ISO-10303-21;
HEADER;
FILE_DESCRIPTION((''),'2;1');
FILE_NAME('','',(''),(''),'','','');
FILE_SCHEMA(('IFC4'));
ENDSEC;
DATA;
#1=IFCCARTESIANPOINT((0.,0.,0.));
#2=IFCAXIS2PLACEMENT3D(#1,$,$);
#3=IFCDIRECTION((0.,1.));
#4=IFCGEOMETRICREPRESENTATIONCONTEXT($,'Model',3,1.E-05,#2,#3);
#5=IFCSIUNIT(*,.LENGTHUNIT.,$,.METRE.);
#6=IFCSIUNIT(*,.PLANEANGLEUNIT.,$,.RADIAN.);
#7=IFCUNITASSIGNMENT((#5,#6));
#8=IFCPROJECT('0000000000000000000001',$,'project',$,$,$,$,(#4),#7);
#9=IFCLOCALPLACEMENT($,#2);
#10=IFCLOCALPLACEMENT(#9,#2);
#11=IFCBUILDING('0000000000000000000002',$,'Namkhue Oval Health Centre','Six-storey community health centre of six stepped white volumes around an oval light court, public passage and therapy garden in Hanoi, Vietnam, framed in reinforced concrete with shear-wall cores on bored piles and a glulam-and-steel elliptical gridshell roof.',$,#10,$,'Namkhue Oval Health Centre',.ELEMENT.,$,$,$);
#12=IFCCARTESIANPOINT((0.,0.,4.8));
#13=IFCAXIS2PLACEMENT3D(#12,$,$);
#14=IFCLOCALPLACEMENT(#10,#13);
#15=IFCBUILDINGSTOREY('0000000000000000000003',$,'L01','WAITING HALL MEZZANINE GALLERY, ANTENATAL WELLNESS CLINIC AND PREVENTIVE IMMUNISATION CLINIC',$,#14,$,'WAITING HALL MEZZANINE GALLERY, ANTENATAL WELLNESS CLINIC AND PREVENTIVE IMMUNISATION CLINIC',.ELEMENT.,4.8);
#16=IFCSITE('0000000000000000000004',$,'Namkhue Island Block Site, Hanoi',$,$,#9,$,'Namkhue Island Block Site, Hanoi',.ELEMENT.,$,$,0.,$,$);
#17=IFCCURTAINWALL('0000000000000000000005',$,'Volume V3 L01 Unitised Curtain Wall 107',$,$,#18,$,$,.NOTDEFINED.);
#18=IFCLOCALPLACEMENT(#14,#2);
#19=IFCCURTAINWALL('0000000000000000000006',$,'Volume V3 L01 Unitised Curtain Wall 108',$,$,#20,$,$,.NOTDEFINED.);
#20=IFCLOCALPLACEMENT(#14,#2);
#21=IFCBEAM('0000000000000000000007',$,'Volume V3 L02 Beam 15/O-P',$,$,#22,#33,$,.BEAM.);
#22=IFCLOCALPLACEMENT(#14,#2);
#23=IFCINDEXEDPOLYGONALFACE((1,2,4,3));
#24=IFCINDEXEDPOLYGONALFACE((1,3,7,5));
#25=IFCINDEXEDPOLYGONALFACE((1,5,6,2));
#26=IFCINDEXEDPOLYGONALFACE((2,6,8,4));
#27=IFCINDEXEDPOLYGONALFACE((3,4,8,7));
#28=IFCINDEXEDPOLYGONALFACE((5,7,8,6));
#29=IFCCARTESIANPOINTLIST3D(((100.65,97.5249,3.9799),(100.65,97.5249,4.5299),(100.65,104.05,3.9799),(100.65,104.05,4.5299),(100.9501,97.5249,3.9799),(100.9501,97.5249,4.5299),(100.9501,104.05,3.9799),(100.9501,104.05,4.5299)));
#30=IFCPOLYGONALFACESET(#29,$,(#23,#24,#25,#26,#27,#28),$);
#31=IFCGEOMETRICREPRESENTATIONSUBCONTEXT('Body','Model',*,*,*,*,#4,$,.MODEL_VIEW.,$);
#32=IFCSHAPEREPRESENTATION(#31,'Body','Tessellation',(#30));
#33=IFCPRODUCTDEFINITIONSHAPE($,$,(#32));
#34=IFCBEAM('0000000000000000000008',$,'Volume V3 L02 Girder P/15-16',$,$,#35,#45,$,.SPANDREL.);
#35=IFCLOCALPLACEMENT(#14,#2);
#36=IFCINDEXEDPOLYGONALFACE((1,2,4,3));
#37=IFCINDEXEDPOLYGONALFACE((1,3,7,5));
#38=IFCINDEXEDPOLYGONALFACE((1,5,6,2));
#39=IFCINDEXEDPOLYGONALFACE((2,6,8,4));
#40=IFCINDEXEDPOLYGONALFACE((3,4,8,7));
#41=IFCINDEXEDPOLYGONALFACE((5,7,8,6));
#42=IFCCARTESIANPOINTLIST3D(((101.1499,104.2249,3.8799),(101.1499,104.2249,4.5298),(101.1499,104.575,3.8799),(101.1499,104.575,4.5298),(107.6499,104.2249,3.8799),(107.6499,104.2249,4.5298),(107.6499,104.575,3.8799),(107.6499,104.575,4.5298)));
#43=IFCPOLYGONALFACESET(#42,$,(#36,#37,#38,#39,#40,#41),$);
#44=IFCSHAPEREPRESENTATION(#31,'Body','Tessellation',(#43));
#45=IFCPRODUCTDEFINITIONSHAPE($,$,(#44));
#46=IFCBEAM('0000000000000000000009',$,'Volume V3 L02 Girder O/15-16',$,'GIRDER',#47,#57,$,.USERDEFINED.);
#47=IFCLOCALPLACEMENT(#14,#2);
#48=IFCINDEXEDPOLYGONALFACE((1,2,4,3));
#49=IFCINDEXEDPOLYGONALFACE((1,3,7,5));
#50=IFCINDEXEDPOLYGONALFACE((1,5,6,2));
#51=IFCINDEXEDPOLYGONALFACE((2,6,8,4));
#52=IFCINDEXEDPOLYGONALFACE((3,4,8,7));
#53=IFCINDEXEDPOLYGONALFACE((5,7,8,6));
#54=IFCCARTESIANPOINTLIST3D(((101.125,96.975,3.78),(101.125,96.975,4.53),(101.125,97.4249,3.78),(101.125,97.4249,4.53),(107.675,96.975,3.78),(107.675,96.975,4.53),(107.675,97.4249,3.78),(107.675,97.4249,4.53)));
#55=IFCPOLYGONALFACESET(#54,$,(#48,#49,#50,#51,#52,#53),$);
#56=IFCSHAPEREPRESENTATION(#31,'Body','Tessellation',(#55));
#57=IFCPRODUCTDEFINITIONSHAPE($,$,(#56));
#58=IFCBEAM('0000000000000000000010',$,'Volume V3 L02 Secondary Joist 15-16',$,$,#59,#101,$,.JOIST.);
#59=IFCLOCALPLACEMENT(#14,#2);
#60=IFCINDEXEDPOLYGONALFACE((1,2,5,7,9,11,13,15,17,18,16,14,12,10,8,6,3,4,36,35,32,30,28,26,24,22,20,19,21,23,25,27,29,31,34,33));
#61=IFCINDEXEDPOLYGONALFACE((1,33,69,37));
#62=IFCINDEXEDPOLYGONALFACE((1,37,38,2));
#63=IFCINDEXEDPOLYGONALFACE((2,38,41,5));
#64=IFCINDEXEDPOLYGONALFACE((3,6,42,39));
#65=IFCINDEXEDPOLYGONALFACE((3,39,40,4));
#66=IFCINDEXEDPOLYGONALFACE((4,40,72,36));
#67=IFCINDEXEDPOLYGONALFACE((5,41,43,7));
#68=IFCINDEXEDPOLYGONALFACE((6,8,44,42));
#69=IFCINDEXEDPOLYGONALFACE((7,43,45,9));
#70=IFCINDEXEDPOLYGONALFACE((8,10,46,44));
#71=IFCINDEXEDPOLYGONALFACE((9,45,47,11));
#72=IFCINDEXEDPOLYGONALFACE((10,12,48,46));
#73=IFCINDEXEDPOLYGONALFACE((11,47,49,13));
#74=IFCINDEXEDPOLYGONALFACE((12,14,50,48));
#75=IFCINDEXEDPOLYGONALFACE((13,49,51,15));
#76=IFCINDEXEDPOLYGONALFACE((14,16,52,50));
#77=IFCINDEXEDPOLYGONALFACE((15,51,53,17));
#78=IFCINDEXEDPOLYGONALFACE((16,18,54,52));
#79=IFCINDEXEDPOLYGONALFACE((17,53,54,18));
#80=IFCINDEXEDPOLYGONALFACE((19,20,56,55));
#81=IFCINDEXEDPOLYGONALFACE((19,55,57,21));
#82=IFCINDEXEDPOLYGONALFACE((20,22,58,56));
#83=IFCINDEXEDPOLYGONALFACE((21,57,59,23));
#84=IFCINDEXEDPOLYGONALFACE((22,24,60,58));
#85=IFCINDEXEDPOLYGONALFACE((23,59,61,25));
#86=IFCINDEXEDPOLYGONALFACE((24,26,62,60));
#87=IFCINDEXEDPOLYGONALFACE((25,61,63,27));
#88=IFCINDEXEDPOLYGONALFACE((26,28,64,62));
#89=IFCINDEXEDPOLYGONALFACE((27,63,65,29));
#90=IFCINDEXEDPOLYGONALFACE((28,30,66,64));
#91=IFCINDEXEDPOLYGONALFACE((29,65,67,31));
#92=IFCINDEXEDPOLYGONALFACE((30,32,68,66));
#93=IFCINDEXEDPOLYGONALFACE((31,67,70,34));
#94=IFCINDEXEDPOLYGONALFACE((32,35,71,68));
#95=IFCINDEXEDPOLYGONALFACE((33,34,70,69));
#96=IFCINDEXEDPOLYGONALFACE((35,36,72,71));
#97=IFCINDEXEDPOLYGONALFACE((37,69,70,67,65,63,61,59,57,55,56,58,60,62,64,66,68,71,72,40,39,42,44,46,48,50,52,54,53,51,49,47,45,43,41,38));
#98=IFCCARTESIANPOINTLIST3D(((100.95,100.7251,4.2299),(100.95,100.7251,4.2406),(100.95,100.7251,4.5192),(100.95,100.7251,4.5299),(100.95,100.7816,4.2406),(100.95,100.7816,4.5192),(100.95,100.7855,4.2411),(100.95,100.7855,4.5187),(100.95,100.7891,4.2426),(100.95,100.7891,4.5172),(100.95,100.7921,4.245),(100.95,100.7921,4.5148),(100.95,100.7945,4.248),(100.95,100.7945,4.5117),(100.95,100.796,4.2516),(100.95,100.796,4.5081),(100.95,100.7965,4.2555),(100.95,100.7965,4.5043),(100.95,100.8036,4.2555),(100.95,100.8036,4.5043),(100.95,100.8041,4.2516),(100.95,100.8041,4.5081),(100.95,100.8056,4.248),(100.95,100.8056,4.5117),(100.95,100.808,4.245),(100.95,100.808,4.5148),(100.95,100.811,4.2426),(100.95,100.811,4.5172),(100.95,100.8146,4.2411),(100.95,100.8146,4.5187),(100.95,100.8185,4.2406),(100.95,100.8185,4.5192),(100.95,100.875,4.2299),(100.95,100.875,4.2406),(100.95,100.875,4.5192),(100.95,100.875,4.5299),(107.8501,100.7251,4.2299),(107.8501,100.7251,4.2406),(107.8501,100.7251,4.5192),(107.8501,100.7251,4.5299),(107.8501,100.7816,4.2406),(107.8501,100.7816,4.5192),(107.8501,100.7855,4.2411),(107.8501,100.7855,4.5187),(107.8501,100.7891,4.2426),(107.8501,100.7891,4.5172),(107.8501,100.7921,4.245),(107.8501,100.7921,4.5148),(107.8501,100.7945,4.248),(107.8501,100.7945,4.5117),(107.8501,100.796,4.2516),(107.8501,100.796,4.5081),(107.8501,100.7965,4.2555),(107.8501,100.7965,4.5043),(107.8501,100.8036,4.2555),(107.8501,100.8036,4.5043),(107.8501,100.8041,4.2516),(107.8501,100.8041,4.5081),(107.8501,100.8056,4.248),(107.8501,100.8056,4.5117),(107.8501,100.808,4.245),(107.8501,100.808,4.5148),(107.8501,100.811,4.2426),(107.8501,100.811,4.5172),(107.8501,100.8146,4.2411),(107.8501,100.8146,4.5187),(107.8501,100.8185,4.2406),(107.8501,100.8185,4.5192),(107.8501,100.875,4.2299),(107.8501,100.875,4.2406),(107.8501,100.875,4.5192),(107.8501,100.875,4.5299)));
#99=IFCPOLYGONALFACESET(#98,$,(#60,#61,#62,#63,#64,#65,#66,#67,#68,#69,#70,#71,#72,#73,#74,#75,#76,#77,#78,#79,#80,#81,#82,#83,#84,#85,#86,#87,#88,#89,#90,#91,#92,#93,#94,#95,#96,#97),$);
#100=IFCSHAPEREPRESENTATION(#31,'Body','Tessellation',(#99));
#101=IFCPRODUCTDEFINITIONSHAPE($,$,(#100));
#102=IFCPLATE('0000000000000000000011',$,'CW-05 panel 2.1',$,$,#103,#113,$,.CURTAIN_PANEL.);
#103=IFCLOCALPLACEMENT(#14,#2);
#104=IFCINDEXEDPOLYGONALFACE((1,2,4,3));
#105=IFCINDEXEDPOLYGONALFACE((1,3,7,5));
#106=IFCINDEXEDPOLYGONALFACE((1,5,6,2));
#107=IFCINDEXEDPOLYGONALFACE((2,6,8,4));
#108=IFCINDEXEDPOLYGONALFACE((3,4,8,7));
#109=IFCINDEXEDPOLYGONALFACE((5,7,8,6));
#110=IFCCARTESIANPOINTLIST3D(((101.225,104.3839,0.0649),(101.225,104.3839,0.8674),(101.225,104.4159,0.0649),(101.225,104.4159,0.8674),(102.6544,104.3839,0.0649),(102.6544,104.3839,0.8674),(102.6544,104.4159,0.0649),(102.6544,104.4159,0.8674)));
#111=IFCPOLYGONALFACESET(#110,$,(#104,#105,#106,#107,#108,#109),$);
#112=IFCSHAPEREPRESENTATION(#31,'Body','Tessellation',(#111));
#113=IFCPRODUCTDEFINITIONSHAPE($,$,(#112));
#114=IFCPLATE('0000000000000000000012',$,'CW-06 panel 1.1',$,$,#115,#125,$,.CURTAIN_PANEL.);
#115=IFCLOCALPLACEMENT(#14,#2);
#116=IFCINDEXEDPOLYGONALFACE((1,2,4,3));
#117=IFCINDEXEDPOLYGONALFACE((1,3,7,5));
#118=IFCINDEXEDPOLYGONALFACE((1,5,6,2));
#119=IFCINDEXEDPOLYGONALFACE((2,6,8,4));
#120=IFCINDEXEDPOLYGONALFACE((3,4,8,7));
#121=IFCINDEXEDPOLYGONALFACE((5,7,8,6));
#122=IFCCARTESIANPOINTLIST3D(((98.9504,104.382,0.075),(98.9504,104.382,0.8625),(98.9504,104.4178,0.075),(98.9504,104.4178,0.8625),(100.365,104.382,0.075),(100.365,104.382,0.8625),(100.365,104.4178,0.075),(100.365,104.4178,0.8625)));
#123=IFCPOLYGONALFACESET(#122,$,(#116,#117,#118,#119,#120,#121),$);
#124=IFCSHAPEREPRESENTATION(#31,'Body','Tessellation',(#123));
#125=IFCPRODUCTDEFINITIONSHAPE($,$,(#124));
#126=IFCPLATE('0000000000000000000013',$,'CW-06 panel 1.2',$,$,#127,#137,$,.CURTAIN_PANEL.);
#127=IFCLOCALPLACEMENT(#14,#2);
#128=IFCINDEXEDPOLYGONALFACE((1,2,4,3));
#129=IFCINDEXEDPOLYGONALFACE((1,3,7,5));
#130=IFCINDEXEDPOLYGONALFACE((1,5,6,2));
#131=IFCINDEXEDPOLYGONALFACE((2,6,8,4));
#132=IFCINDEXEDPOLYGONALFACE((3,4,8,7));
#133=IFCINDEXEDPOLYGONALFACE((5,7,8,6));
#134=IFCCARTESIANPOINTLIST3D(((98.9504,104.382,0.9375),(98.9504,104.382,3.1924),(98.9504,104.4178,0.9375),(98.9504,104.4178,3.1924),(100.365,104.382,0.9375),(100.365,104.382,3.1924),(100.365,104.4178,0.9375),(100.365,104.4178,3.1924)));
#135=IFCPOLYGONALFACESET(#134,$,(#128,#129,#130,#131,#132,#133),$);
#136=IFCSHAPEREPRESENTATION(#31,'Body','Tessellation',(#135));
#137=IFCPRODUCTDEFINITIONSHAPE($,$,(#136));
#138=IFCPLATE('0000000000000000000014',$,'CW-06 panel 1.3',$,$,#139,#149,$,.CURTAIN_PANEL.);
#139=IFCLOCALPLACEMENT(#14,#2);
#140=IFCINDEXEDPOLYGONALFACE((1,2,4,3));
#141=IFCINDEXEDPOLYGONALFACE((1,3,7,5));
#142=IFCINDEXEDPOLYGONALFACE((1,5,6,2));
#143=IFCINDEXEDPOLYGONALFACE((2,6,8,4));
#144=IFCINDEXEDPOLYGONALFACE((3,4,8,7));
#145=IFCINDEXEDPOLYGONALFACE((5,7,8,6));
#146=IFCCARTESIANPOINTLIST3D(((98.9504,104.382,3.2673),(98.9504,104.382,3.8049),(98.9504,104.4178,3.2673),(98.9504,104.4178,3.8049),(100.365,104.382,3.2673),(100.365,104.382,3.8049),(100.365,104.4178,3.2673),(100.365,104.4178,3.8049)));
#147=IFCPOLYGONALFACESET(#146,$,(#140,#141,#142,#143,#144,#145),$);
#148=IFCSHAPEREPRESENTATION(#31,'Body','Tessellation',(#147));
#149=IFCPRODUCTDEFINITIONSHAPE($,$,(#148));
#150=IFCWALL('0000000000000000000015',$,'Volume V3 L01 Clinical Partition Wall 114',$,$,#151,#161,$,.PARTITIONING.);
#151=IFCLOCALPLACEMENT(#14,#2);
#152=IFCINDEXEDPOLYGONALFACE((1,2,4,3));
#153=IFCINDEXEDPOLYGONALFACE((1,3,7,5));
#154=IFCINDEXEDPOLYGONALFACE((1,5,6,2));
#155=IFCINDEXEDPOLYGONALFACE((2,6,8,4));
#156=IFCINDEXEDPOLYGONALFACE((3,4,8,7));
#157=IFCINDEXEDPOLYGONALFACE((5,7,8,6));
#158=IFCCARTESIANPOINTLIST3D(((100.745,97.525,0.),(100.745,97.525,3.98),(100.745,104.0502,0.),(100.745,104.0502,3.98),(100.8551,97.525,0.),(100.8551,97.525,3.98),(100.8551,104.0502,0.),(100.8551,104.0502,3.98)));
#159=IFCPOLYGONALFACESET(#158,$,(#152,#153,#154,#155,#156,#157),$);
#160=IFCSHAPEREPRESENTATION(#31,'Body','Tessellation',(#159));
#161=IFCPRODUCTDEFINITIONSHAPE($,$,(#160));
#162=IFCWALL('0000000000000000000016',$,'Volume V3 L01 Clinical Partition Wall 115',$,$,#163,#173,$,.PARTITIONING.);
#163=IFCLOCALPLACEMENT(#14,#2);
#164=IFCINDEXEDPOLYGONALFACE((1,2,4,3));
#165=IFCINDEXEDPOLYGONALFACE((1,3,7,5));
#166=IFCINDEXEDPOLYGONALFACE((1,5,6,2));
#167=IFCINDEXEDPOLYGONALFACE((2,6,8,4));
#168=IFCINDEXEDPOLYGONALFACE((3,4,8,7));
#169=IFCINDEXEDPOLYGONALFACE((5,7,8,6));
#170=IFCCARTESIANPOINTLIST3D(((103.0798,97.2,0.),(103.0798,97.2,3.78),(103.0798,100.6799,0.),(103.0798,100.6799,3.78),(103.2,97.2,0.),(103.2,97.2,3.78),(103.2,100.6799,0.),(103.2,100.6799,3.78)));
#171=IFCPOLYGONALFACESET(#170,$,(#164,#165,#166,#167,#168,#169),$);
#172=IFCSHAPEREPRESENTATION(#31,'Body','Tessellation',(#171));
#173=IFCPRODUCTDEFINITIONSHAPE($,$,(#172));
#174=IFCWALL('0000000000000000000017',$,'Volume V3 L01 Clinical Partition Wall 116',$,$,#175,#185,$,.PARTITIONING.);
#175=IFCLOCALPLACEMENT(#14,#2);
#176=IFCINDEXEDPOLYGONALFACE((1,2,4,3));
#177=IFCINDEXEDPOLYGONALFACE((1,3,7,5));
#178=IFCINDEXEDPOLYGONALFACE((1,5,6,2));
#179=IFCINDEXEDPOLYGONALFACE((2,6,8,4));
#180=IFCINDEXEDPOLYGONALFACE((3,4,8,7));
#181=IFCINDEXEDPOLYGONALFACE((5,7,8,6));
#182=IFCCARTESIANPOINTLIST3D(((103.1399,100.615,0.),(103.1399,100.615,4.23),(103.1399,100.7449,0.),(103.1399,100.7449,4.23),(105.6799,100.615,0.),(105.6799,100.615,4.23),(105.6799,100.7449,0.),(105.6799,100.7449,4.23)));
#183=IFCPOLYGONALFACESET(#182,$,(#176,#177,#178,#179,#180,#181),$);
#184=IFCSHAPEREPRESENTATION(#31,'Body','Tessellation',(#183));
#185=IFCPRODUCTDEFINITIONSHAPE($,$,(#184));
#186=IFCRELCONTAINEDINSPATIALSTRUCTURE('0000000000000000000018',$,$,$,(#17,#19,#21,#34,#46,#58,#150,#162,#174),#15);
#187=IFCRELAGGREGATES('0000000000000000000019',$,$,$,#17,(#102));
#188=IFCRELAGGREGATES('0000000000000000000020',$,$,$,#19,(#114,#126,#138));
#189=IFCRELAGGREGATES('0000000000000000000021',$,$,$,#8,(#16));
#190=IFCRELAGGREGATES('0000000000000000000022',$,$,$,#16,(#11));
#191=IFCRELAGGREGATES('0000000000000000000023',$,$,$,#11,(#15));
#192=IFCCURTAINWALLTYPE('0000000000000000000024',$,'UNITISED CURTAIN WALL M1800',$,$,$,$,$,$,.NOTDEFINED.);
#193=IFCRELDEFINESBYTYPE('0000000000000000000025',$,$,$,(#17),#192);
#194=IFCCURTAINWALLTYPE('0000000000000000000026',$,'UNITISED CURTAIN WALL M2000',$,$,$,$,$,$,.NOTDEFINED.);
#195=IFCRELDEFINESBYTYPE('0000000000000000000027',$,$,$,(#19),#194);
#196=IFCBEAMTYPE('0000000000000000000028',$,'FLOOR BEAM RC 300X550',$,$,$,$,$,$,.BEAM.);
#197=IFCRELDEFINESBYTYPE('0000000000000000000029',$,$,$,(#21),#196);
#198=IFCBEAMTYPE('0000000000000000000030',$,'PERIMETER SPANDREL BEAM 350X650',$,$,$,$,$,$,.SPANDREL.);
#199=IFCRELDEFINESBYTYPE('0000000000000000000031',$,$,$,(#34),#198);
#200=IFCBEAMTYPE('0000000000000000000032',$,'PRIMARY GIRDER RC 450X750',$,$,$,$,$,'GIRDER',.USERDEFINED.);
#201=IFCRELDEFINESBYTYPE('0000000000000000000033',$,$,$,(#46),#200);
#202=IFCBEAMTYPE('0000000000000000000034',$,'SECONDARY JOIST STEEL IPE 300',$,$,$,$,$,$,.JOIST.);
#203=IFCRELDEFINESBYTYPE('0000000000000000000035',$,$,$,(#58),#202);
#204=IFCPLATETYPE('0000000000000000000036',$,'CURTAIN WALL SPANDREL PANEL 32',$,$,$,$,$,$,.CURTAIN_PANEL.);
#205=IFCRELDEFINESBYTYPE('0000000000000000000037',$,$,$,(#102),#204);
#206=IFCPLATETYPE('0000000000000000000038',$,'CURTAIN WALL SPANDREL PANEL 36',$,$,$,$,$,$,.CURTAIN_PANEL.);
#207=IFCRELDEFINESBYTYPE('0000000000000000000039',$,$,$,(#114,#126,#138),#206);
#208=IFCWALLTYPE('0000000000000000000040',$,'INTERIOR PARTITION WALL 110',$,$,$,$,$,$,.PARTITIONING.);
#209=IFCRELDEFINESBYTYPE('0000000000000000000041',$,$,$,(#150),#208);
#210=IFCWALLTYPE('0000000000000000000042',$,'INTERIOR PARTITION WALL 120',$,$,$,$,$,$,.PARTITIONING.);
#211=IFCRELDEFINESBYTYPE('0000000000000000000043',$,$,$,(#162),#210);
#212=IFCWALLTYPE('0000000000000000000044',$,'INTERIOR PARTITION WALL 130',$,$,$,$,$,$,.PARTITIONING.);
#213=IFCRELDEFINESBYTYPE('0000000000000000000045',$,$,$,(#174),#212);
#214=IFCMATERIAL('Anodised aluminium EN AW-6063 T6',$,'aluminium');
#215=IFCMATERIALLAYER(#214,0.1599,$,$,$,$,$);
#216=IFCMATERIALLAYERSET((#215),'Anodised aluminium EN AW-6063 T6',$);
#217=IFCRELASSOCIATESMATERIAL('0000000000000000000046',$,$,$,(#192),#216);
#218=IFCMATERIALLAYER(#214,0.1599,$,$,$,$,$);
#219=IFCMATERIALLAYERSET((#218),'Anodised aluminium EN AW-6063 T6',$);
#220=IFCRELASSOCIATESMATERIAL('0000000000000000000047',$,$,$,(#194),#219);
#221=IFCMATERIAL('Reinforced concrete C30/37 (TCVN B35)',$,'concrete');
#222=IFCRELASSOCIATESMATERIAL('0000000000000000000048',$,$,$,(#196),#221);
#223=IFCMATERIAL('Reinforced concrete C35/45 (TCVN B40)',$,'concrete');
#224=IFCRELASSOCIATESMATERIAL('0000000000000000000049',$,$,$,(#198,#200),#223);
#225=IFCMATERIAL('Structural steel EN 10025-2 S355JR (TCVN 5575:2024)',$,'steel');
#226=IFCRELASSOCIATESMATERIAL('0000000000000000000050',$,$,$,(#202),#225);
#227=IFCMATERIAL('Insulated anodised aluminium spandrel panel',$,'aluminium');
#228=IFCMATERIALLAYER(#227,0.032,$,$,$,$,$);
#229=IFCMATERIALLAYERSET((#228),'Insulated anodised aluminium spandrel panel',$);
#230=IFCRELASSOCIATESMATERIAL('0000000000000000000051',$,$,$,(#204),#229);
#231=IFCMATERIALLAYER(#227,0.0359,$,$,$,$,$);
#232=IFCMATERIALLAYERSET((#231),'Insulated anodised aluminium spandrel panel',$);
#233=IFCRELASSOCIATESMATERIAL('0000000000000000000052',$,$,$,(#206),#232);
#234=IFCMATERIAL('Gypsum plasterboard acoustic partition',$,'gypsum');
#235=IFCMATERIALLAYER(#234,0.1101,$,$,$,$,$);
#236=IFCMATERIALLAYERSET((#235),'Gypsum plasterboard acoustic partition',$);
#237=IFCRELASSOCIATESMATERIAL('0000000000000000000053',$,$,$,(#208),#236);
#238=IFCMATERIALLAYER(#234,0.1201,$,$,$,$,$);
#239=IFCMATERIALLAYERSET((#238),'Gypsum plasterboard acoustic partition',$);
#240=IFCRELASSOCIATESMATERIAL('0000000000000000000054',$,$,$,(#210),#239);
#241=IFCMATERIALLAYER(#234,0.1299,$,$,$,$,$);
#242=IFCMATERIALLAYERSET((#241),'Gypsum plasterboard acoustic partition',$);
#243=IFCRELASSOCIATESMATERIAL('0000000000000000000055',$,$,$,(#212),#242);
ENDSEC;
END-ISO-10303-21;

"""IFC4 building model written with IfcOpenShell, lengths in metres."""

from ifc_helpers import new_model, si_unit, direction, frame, frame_2d, origin, origin_2d, place, context, subcontext, project, spatial, rectangle, i_section, extrude, material, layer, layer_set, material_profile, profile_set, type_object, element, aggregate, save


model = new_model("IFC4")

# Units and contexts
model_context = context("Model", 3, precision=1e-05, world=origin(), true_north=direction((0.0, 1.0)))
body_context = subcontext(model_context, "Body", "Model", "MODEL_VIEW")
ifc_project = project(units=[si_unit("LENGTHUNIT", "METRE"), si_unit("PLANEANGLEUNIT", "RADIAN")], contexts=[model_context])

# Site, building, storey
site_placement = place(None, origin())
site = spatial("IfcSite", under=ifc_project, at=site_placement, Name="Namkhue Island Block Site, Hanoi", LongName="Namkhue Island Block Site, Hanoi", CompositionType="ELEMENT", RefElevation=0.0)
building_placement = place(site_placement, origin())
building = spatial("IfcBuilding", under=site, at=building_placement, Name="Namkhue Oval Health Centre", Description="Six-storey community health centre of six stepped white volumes around an oval light court, public passage and therapy garden in Hanoi, Vietnam, framed in reinforced concrete with shear-wall cores on bored piles and a glulam-and-steel elliptical gridshell roof.", LongName="Namkhue Oval Health Centre", CompositionType="ELEMENT")
storey_placement = place(building_placement, frame((0.0, 0.0, 4.8)))
storey = spatial("IfcBuildingStorey", under=building, at=storey_placement, Name="L01", Description="WAITING HALL MEZZANINE GALLERY, ANTENATAL WELLNESS CLINIC AND PREVENTIVE IMMUNISATION CLINIC", LongName="WAITING HALL MEZZANINE GALLERY, ANTENATAL WELLNESS CLINIC AND PREVENTIVE IMMUNISATION CLINIC", CompositionType="ELEMENT", Elevation=4.8)

# Shared definitions
ifc_material_1 = material(Name="Reinforced concrete C35/45 (TCVN B40)", Category="concrete")

# Curtain wall
ifc_material_2 = material(Name="Anodised aluminium EN AW-6063 T6", Category="aluminium")
ifc_layer_1 = layer(ifc_material_2, 0.1599)
ifc_layer_set_1 = layer_set([ifc_layer_1], Name="Anodised aluminium EN AW-6063 T6")
curtain_wall_type_1 = type_object("IfcCurtainWallType", Name="UNITISED CURTAIN WALL M1800", PredefinedType="NOTDEFINED", material=ifc_layer_set_1)
curtain_wall_1_placement = place(storey_placement, origin())
curtain_wall_1 = element("IfcCurtainWall", 1, at=curtain_wall_1_placement, inside=storey, type_object=curtain_wall_type_1, Name="Volume V3 L01 Unitised Curtain Wall 107", PredefinedType="NOTDEFINED")

# Curtain wall
ifc_layer_2 = layer(ifc_material_2, 0.1599)
ifc_layer_set_2 = layer_set([ifc_layer_2], Name="Anodised aluminium EN AW-6063 T6")
curtain_wall_type_2 = type_object("IfcCurtainWallType", Name="UNITISED CURTAIN WALL M2000", PredefinedType="NOTDEFINED", material=ifc_layer_set_2)
curtain_wall_2_placement = place(storey_placement, origin())
curtain_wall_2 = element("IfcCurtainWall", 2, at=curtain_wall_2_placement, inside=storey, type_object=curtain_wall_type_2, Name="Volume V3 L01 Unitised Curtain Wall 108", PredefinedType="NOTDEFINED")

# Beams
ifc_material_3 = material(Name="Reinforced concrete C30/37 (TCVN B35)", Category="concrete")
ifc_material_profile_1 = material_profile(ifc_material_3, rectangle(XDim=0.3, YDim=0.55, at=origin_2d()), Name="RC 300x550")
ifc_profile_set_1 = profile_set([ifc_material_profile_1], Name="Reinforced concrete C30/37 (TCVN B35)")
beam_type_1 = type_object("IfcBeamType", Name="FLOOR BEAM RC 300X550", PredefinedType="BEAM", material=ifc_profile_set_1)
beam_1_placement = place(storey_placement, frame((100.8, 97.5249, 4.2549), z_axis=(0.0, 1.0, 0.0), x_axis=(-1.0, 0.0, 0.0)))
element("IfcBeam", 3, at=beam_1_placement, inside=storey, type_object=beam_type_1, Name="Volume V3 L02 Beam 15/O-P", PredefinedType="BEAM", context=body_context, shape_type="SweptSolid", body=[
    extrude(rectangle(XDim=0.3, YDim=0.55, at=origin_2d()), origin(), (0.0, 0.0, 1.0), 6.5251),
])
ifc_material_profile_2 = material_profile(ifc_material_1, rectangle(XDim=0.3501, YDim=0.6499, at=origin_2d()), Name="RC 350x650")
ifc_profile_set_2 = profile_set([ifc_material_profile_2], Name="Reinforced concrete C35/45 (TCVN B40)")
beam_type_2 = type_object("IfcBeamType", Name="PERIMETER SPANDREL BEAM 350X650", PredefinedType="SPANDREL", material=ifc_profile_set_2)
beam_2_placement = place(storey_placement, frame((101.1499, 104.3999, 4.2048), z_axis=(1.0, 0.0, 0.0), x_axis=(0.0, 1.0, 0.0)))
element("IfcBeam", 4, at=beam_2_placement, inside=storey, type_object=beam_type_2, Name="Volume V3 L02 Girder P/15-16", PredefinedType="SPANDREL", context=body_context, shape_type="SweptSolid", body=[
    extrude(rectangle(XDim=0.3501, YDim=0.6499, at=origin_2d()), origin(), (0.0, 0.0, 1.0), 6.5),
])
ifc_material_profile_3 = material_profile(ifc_material_1, rectangle(XDim=0.45, YDim=0.75, at=origin_2d()), Name="RC 450x750")
ifc_profile_set_3 = profile_set([ifc_material_profile_3], Name="Reinforced concrete C35/45 (TCVN B40)")
beam_type_3 = type_object("IfcBeamType", Name="PRIMARY GIRDER RC 450X750", ElementType="GIRDER", PredefinedType="USERDEFINED", material=ifc_profile_set_3)
beam_3_placement = place(storey_placement, frame((101.125, 97.2, 4.155), z_axis=(1.0, 0.0, 0.0), x_axis=(0.0, 1.0, 0.0)))
element("IfcBeam", 5, at=beam_3_placement, inside=storey, type_object=beam_type_3, Name="Volume V3 L02 Girder O/15-16", ObjectType="GIRDER", PredefinedType="USERDEFINED", context=body_context, shape_type="SweptSolid", body=[
    extrude(rectangle(XDim=0.45, YDim=0.75, at=origin_2d()), origin(), (0.0, 0.0, 1.0), 6.55),
])
ifc_material_4 = material(Name="Structural steel EN 10025-2 S355JR (TCVN 5575:2024)", Category="steel")
ifc_material_profile_4 = material_profile(ifc_material_4, i_section(OverallWidth=0.1499, OverallDepth=0.3, WebThickness=0.0071, FlangeThickness=0.0107, FilletRadius=0.0149, at=origin_2d()), Name="IPE 300")
ifc_profile_set_4 = profile_set([ifc_material_profile_4], Name="Structural steel EN 10025-2 S355JR (TCVN 5575:2024)")
beam_type_4 = type_object("IfcBeamType", Name="SECONDARY JOIST STEEL IPE 300", PredefinedType="JOIST", material=ifc_profile_set_4)
beam_4_placement = place(storey_placement, frame((100.95, 100.8, 4.3799), z_axis=(1.0, 0.0, 0.0), x_axis=(0.0, 1.0, 0.0)))
element("IfcBeam", 6, at=beam_4_placement, inside=storey, type_object=beam_type_4, Name="Volume V3 L02 Secondary Joist 15-16", PredefinedType="JOIST", context=body_context, shape_type="SweptSolid", body=[
    extrude(i_section(OverallWidth=0.1499, OverallDepth=0.3, WebThickness=0.0071, FlangeThickness=0.0107, FilletRadius=0.0149, at=origin_2d()), origin(), (0.0, 0.0, 1.0), 6.9001),
])

# Plates
ifc_material_5 = material(Name="Insulated anodised aluminium spandrel panel", Category="aluminium")
ifc_layer_3 = layer(ifc_material_5, 0.032)
ifc_layer_set_3 = layer_set([ifc_layer_3], Name="Insulated anodised aluminium spandrel panel")
plate_type_1 = type_object("IfcPlateType", Name="CURTAIN WALL SPANDREL PANEL 32", PredefinedType="CURTAIN_PANEL", material=ifc_layer_set_3)
plate_1_placement = place(storey_placement, frame((101.9397, 104.3999, 0.0649), z_axis=(0.0, 0.0, 1.0), x_axis=(-1.0, 0.0, 0.0)))
plate_1 = element("IfcPlate", 7, at=plate_1_placement, type_object=plate_type_1, Name="CW-05 panel 2.1", PredefinedType="CURTAIN_PANEL", context=body_context, shape_type="SweptSolid", body=[
    extrude(rectangle(XDim=1.4294, YDim=0.032, at=origin_2d()), origin(), (0.0, 0.0, 1.0), 0.8025),
])
aggregate(curtain_wall_1, [plate_1])
ifc_layer_4 = layer(ifc_material_5, 0.0359)
ifc_layer_set_4 = layer_set([ifc_layer_4], Name="Insulated anodised aluminium spandrel panel")
plate_type_2 = type_object("IfcPlateType", Name="CURTAIN WALL SPANDREL PANEL 36", PredefinedType="CURTAIN_PANEL", material=ifc_layer_set_4)
plate_2_placement = place(storey_placement, frame((99.6577, 104.3999, 0.075), z_axis=(0.0, 0.0, 1.0), x_axis=(-1.0, 0.0, 0.0)))
plate_2 = element("IfcPlate", 8, at=plate_2_placement, type_object=plate_type_2, Name="CW-06 panel 1.1", PredefinedType="CURTAIN_PANEL", context=body_context, shape_type="SweptSolid", body=[
    extrude(rectangle(XDim=1.4146, YDim=0.0359, at=origin_2d()), origin(), (0.0, 0.0, 1.0), 0.7876),
])
plate_3_placement = place(storey_placement, frame((99.6577, 104.3999, 0.9375), z_axis=(0.0, 0.0, 1.0), x_axis=(-1.0, 0.0, 0.0)))
plate_3 = element("IfcPlate", 9, at=plate_3_placement, type_object=plate_type_2, Name="CW-06 panel 1.2", PredefinedType="CURTAIN_PANEL", context=body_context, shape_type="SweptSolid", body=[
    extrude(rectangle(XDim=1.4146, YDim=0.0359, at=origin_2d()), origin(), (0.0, 0.0, 1.0), 2.2549),
])
plate_4_placement = place(storey_placement, frame((99.6577, 104.3999, 3.2673), z_axis=(0.0, 0.0, 1.0), x_axis=(-1.0, 0.0, 0.0)))
plate_4 = element("IfcPlate", 10, at=plate_4_placement, type_object=plate_type_2, Name="CW-06 panel 1.3", PredefinedType="CURTAIN_PANEL", context=body_context, shape_type="SweptSolid", body=[
    extrude(rectangle(XDim=1.4146, YDim=0.0359, at=origin_2d()), origin(), (0.0, 0.0, 1.0), 0.5376),
])
aggregate(curtain_wall_2, [plate_2, plate_3, plate_4])

# Walls
ifc_material_6 = material(Name="Gypsum plasterboard acoustic partition", Category="gypsum")
ifc_layer_5 = layer(ifc_material_6, 0.1101)
ifc_layer_set_5 = layer_set([ifc_layer_5], Name="Gypsum plasterboard acoustic partition")
wall_type_1 = type_object("IfcWallType", Name="INTERIOR PARTITION WALL 110", PredefinedType="PARTITIONING", material=ifc_layer_set_5)
wall_1_placement = place(storey_placement, frame((100.8, 97.5249, 0.0), z_axis=(0.0, 0.0, 1.0), x_axis=(0.0, 1.0, 0.0)))
element("IfcWall", 11, at=wall_1_placement, inside=storey, type_object=wall_type_1, Name="Volume V3 L01 Clinical Partition Wall 114", PredefinedType="PARTITIONING", context=body_context, shape_type="SweptSolid", body=[
    extrude(rectangle(XDim=6.5251, YDim=0.1101, at=frame_2d((3.2627, 0.0))), origin(), (0.0, 0.0, 1.0), 3.98),
])
ifc_layer_6 = layer(ifc_material_6, 0.1201)
ifc_layer_set_6 = layer_set([ifc_layer_6], Name="Gypsum plasterboard acoustic partition")
wall_type_2 = type_object("IfcWallType", Name="INTERIOR PARTITION WALL 120", PredefinedType="PARTITIONING", material=ifc_layer_set_6)
wall_2_placement = place(storey_placement, frame((103.1399, 97.2, 0.0), z_axis=(0.0, 0.0, 1.0), x_axis=(0.0, 1.0, 0.0)))
element("IfcWall", 12, at=wall_2_placement, inside=storey, type_object=wall_type_2, Name="Volume V3 L01 Clinical Partition Wall 115", PredefinedType="PARTITIONING", context=body_context, shape_type="SweptSolid", body=[
    extrude(rectangle(XDim=3.48, YDim=0.1201, at=frame_2d((1.74, 0.0))), origin(), (0.0, 0.0, 1.0), 3.78),
])
ifc_layer_7 = layer(ifc_material_6, 0.1299)
ifc_layer_set_7 = layer_set([ifc_layer_7], Name="Gypsum plasterboard acoustic partition")
wall_type_3 = type_object("IfcWallType", Name="INTERIOR PARTITION WALL 130", PredefinedType="PARTITIONING", material=ifc_layer_set_7)
wall_3_placement = place(storey_placement, frame((103.1399, 100.6799, 0.0), z_axis=(0.0, 0.0, 1.0), x_axis=(1.0, 0.0, 0.0)))
element("IfcWall", 13, at=wall_3_placement, inside=storey, type_object=wall_type_3, Name="Volume V3 L01 Clinical Partition Wall 116", PredefinedType="PARTITIONING", context=body_context, shape_type="SweptSolid", body=[
    extrude(rectangle(XDim=2.54, YDim=0.1299, at=frame_2d((1.27, 0.0))), origin(), (0.0, 0.0, 1.0), 4.23),
])

save(model, "model.ifc")
